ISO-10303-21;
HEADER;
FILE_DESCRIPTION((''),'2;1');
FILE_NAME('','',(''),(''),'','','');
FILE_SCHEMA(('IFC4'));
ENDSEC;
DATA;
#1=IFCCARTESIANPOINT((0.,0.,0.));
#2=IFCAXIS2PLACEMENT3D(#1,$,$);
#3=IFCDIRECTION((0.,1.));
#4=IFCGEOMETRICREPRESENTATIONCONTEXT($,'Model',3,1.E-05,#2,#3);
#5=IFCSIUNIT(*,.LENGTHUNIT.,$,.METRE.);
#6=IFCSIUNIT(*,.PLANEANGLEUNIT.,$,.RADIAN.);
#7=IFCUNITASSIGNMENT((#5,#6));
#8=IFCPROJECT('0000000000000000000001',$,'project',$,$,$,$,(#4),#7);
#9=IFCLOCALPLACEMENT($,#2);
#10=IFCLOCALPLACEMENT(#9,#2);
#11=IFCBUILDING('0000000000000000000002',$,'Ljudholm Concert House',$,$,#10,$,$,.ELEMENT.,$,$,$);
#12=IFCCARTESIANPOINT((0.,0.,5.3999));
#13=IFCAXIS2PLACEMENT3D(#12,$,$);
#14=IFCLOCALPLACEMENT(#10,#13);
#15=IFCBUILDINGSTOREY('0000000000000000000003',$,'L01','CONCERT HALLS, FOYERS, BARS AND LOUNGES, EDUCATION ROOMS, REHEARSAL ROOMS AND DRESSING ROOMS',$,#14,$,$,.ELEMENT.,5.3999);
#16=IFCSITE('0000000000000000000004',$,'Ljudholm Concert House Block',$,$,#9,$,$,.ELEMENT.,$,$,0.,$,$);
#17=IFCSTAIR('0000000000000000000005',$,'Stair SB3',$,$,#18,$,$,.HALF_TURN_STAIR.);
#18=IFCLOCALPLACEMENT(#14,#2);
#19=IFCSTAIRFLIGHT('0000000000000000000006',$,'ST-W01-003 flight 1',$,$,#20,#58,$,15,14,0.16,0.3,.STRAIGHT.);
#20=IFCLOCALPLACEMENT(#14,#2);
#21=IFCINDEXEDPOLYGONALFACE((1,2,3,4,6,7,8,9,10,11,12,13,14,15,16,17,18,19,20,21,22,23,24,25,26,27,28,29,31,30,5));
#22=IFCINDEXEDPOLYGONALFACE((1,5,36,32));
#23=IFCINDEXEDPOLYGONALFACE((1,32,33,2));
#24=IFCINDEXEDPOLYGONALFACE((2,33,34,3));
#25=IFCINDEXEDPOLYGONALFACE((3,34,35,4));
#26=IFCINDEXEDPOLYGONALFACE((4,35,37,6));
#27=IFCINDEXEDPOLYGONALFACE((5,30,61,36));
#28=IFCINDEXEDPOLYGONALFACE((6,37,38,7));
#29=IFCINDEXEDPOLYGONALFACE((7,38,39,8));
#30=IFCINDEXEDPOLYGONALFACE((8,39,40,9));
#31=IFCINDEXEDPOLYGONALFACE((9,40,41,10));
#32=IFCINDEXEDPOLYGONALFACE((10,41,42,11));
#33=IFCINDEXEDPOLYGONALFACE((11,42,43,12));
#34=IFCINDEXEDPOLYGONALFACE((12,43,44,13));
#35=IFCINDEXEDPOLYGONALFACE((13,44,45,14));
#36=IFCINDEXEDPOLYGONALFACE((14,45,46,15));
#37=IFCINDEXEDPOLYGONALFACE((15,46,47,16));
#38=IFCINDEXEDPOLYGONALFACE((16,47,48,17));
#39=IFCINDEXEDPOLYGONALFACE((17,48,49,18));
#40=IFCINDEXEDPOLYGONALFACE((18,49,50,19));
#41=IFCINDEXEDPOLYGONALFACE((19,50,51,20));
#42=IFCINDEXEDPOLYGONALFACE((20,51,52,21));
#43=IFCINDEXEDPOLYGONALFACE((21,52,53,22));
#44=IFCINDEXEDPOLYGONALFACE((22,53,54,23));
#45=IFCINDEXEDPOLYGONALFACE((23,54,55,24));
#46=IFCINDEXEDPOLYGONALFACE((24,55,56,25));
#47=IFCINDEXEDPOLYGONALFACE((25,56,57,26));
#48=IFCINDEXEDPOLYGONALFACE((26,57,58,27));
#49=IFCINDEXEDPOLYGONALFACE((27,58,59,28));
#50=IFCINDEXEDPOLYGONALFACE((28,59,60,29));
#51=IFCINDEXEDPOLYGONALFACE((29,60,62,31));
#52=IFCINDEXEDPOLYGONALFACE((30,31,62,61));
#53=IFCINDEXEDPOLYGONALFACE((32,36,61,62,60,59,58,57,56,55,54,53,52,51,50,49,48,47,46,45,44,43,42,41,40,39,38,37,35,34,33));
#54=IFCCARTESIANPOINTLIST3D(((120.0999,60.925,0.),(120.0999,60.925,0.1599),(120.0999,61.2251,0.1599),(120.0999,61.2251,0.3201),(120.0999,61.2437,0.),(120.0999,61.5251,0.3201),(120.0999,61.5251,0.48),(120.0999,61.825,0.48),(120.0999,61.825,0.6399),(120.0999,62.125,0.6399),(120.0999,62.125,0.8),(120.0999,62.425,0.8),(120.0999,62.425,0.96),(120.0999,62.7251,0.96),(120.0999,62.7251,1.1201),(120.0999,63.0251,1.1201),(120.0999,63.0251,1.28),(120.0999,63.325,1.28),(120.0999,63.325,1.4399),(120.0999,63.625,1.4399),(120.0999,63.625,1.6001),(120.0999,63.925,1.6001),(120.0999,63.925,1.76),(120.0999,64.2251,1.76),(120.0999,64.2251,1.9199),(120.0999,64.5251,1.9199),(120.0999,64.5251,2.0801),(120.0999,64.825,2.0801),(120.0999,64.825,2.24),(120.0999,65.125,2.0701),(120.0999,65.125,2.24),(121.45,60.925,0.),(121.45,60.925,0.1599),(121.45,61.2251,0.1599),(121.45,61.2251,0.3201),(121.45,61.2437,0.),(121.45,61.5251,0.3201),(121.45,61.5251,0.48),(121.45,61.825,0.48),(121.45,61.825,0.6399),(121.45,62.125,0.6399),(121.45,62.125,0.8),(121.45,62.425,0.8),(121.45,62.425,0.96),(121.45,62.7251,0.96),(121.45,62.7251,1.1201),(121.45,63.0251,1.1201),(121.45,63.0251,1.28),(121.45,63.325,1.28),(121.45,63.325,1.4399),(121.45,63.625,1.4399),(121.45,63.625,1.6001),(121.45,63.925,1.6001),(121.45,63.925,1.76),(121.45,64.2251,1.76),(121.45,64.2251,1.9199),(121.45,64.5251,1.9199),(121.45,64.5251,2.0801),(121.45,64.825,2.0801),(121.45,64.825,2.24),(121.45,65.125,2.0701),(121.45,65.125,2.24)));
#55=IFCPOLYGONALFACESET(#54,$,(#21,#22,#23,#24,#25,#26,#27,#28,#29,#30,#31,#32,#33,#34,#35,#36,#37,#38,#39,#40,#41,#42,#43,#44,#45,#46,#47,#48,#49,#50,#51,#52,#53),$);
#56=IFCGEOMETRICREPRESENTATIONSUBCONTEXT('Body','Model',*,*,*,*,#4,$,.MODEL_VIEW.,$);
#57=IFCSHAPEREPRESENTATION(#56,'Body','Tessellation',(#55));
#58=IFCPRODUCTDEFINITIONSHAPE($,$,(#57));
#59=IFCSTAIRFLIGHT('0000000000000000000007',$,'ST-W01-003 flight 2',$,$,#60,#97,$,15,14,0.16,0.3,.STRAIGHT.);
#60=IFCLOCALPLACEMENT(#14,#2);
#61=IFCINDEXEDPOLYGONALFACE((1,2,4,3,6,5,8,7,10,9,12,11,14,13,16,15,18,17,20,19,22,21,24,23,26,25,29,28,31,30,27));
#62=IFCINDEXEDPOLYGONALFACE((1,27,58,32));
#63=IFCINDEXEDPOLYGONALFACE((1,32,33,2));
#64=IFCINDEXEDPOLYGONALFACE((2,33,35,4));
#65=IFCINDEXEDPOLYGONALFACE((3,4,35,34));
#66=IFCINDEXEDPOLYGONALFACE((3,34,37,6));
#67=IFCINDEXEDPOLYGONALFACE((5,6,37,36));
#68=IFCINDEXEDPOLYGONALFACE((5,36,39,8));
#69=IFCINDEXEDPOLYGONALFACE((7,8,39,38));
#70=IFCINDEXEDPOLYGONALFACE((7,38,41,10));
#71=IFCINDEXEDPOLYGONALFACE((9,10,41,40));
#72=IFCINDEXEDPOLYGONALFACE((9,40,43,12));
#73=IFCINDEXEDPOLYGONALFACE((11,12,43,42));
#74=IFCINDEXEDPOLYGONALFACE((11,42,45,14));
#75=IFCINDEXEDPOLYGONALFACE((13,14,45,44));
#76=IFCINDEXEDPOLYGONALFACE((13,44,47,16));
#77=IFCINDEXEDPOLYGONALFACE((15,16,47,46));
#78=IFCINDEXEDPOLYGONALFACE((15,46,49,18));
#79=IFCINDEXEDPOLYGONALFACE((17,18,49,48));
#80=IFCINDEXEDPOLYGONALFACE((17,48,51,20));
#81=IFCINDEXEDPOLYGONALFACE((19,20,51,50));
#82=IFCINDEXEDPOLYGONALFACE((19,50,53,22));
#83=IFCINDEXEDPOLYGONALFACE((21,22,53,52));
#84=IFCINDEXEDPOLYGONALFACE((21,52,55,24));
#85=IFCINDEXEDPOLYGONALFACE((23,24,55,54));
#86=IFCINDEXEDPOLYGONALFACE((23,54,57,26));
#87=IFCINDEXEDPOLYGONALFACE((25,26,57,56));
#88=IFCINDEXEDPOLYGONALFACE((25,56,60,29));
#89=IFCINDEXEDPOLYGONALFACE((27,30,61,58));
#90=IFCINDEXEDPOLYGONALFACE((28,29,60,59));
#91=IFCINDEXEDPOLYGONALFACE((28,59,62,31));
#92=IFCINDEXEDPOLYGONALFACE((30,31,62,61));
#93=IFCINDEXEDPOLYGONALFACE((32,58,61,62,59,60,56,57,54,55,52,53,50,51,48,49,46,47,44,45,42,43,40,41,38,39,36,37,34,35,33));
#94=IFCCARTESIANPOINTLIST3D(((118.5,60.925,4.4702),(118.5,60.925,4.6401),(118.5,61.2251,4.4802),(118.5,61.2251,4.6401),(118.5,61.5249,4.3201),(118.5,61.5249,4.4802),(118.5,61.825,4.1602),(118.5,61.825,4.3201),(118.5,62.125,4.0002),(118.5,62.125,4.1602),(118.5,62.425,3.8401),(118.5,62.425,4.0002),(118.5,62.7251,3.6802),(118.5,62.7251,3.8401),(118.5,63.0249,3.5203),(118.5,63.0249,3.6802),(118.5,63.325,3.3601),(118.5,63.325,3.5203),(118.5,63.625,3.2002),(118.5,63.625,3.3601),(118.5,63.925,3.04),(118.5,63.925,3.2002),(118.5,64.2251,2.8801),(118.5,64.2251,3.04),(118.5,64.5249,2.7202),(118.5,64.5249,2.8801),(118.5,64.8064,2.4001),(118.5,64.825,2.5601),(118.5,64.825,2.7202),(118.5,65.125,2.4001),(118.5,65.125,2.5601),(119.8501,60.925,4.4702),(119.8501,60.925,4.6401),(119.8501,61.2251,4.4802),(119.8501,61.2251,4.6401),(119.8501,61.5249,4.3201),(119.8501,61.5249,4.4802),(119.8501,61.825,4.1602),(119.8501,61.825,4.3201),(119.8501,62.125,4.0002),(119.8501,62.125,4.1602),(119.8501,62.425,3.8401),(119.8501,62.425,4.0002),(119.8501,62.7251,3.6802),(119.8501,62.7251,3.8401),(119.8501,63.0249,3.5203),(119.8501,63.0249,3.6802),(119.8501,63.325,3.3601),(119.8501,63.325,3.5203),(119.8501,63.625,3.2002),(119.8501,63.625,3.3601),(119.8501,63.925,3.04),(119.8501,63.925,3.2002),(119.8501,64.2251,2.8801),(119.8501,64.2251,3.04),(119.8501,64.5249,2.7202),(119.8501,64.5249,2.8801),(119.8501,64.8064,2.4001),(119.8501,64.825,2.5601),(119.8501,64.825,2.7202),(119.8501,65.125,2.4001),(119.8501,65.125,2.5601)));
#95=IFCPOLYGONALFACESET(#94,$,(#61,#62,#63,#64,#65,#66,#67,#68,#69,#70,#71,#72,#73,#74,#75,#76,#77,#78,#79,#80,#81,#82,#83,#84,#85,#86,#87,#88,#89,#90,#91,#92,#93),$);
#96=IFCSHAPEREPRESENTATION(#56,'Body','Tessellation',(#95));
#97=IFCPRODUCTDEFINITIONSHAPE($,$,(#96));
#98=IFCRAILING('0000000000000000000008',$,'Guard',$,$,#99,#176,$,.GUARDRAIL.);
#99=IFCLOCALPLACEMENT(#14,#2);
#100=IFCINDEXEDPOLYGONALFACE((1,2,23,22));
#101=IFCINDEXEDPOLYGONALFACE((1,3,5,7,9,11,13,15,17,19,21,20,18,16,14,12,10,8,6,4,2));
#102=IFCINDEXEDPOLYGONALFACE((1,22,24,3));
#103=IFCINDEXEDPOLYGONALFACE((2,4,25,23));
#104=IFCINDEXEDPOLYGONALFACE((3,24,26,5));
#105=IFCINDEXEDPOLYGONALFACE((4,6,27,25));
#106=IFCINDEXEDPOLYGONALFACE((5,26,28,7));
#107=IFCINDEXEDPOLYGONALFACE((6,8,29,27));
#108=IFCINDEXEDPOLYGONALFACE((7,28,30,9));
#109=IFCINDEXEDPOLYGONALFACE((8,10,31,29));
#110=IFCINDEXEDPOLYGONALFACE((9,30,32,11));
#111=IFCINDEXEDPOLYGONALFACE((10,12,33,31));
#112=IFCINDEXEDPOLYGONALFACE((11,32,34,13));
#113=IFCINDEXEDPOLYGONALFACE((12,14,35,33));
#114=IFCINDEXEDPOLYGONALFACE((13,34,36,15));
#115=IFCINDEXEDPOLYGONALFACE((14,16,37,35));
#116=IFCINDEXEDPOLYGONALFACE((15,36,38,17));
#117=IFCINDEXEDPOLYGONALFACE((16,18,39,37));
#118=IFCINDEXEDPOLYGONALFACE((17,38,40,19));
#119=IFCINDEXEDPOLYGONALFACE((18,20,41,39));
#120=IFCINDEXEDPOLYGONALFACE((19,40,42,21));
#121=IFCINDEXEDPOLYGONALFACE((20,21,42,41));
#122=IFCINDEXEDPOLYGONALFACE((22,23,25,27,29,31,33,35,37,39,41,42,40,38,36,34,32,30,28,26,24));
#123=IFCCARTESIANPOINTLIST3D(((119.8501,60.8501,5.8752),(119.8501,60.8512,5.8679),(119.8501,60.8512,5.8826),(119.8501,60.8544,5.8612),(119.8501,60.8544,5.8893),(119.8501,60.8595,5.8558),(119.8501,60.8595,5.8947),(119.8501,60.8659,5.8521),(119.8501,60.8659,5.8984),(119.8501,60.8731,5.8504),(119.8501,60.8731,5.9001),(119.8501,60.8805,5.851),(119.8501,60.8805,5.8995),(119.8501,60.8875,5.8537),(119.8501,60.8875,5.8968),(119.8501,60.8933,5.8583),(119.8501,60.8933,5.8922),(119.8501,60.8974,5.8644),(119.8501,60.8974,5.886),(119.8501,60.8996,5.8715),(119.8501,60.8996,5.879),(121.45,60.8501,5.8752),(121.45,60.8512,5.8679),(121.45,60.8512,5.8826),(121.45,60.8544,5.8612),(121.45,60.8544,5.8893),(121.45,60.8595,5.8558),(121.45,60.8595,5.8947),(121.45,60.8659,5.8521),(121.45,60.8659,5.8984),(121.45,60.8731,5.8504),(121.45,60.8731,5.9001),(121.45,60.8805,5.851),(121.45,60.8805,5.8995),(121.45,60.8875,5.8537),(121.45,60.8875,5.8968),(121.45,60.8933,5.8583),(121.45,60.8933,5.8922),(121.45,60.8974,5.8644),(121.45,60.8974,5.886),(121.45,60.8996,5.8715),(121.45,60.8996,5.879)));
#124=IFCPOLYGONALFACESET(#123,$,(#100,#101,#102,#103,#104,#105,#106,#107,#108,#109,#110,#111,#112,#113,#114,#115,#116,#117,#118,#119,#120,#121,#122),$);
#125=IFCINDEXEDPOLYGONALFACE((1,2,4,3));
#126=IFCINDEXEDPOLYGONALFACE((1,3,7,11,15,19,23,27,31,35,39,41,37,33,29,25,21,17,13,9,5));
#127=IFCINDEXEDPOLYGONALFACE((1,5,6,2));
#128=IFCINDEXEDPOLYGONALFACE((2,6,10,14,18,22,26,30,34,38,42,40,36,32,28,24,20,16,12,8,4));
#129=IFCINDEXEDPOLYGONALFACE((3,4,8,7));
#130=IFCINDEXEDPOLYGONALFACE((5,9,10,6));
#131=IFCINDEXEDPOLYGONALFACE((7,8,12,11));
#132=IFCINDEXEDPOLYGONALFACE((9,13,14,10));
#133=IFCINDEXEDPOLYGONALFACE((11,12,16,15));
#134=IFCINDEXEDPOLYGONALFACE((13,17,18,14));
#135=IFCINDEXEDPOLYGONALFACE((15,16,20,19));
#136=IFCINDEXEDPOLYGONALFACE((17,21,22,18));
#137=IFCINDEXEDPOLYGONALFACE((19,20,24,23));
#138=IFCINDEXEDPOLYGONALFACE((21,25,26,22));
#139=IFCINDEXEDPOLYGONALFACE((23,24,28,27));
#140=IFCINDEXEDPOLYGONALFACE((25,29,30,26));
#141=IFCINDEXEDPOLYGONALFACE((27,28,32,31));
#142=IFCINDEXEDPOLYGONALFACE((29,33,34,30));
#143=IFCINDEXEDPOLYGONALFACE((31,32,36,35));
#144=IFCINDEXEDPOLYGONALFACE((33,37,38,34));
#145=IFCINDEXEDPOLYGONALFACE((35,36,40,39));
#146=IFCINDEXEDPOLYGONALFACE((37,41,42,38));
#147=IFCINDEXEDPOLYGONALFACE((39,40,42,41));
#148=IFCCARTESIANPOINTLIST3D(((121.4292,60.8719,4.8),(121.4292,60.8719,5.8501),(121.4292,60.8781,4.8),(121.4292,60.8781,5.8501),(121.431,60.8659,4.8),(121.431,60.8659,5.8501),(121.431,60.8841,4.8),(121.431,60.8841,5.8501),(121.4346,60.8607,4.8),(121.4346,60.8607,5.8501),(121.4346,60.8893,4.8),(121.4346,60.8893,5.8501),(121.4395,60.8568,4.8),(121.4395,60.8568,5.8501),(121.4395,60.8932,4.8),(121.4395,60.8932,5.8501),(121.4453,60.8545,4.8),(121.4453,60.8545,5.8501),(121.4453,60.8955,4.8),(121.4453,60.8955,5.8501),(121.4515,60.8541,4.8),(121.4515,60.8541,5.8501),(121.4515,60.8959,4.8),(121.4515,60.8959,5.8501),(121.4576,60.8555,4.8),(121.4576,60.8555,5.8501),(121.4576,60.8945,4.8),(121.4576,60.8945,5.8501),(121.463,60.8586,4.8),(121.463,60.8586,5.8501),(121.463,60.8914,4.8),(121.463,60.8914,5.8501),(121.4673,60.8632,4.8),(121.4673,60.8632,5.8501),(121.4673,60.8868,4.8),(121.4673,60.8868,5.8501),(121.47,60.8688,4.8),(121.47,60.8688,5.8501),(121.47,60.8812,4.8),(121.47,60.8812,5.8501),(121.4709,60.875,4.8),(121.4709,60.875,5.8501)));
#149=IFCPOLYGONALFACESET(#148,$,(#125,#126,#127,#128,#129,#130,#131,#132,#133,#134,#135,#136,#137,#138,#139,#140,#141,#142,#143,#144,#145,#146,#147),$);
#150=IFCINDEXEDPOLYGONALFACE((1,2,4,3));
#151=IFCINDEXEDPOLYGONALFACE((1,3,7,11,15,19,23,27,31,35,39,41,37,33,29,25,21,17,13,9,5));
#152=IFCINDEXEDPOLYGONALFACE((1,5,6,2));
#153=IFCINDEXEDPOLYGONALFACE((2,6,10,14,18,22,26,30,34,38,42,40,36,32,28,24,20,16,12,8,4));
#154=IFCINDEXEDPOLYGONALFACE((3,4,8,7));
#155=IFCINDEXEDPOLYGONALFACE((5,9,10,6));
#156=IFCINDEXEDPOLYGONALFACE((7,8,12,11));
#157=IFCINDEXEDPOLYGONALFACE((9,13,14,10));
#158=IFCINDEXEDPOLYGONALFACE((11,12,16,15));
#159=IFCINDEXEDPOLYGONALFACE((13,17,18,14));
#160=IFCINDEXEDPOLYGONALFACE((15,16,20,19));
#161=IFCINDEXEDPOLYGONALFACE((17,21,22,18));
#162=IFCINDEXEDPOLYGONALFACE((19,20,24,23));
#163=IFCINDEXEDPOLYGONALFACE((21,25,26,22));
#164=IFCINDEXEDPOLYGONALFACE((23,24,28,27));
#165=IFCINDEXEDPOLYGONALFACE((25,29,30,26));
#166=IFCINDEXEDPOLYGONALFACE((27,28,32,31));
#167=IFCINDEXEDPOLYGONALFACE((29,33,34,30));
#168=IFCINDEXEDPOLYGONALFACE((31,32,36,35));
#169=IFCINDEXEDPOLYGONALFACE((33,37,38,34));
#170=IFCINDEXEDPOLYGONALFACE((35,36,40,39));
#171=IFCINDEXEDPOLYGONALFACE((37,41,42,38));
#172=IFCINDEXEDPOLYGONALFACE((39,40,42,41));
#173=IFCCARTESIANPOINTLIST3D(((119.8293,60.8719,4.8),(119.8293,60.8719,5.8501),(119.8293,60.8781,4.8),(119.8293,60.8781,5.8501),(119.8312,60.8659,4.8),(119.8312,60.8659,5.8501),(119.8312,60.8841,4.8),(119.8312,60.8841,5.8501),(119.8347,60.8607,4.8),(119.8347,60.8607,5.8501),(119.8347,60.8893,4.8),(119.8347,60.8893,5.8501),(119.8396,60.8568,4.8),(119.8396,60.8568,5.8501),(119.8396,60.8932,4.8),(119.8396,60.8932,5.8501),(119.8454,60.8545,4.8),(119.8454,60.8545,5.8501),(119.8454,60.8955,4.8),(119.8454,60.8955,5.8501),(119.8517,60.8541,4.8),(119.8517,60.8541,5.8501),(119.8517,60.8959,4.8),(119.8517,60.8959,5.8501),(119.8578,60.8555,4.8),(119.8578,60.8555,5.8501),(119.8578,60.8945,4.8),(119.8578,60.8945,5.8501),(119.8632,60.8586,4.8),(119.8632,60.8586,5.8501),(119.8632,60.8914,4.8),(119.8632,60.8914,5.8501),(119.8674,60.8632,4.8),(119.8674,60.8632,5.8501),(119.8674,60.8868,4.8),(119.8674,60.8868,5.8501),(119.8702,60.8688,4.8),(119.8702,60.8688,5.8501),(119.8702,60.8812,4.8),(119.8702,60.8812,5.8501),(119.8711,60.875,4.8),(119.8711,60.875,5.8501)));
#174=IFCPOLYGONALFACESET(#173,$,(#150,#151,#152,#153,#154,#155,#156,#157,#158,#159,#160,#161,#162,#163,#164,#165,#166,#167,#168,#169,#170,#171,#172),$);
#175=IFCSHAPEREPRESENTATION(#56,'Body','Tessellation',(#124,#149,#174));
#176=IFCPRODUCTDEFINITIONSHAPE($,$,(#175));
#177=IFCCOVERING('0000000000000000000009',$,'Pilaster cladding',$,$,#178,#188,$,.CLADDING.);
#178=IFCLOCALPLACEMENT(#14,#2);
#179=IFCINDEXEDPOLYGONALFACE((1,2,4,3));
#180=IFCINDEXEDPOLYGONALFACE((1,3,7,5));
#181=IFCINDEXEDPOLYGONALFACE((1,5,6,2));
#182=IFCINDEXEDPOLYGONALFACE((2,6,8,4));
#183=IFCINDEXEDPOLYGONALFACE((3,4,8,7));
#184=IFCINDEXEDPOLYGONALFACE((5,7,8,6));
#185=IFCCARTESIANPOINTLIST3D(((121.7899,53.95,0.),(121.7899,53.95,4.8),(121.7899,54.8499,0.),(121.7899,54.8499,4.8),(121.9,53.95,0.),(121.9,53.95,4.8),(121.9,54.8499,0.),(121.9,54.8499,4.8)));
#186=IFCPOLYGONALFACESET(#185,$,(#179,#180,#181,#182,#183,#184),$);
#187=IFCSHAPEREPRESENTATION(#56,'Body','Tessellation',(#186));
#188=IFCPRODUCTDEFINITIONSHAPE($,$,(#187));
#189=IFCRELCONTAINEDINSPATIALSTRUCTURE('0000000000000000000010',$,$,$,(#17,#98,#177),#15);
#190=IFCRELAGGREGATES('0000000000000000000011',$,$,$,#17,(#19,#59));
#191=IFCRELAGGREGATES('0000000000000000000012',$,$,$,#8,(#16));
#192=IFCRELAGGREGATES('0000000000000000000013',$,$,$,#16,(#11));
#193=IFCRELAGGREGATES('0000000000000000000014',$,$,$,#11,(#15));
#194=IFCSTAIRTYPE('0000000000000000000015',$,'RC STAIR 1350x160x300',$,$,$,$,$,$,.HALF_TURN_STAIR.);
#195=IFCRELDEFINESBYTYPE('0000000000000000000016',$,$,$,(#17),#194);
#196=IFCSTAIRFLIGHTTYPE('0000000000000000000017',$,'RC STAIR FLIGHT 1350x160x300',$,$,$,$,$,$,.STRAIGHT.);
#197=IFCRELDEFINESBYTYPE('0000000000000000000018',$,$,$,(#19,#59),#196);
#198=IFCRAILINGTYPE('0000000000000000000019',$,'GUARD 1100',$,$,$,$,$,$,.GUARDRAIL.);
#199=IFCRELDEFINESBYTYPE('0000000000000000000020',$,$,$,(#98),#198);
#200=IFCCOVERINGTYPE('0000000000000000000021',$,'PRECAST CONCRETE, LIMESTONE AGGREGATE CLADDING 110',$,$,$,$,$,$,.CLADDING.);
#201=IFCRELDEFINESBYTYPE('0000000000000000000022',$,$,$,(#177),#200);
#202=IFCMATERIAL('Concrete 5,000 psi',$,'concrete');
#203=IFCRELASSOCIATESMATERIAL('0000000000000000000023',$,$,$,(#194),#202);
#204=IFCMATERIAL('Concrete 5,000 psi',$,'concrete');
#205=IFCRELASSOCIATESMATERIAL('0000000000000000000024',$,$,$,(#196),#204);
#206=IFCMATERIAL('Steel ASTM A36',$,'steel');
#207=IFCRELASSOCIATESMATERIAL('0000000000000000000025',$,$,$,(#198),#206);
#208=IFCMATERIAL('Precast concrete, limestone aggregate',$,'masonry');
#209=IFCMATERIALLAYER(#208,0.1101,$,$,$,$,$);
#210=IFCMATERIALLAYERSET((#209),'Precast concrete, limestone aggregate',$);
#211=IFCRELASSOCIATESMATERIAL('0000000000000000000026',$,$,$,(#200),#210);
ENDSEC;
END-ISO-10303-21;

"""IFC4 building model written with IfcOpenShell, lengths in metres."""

from ifc_helpers import new_model, si_unit, direction, frame, origin, origin_2d, place, context, subcontext, project, spatial, polyline, rectangle, circle, outline, extrude, material, layer, layer_set, type_object, element, aggregate, save


model = new_model("IFC4")

# Units and contexts
model_context = context("Model", 3, precision=1e-05, world=origin(), true_north=direction((0.0, 1.0)))
body_context = subcontext(model_context, "Body", "Model", "MODEL_VIEW")
ifc_project = project(units=[si_unit("LENGTHUNIT", "METRE"), si_unit("PLANEANGLEUNIT", "RADIAN")], contexts=[model_context])

# Site, building, storey
site_placement = place(None, origin())
site = spatial("IfcSite", under=ifc_project, at=site_placement, Name="Ljudholm Concert House Block", CompositionType="ELEMENT", RefElevation=0.0)
building_placement = place(site_placement, origin())
building = spatial("IfcBuilding", under=site, at=building_placement, Name="Ljudholm Concert House", CompositionType="ELEMENT")
storey_placement = place(building_placement, frame((0.0, 0.0, 5.3999)))
storey = spatial("IfcBuildingStorey", under=building, at=storey_placement, Name="L01", Description="CONCERT HALLS, FOYERS, BARS AND LOUNGES, EDUCATION ROOMS, REHEARSAL ROOMS AND DRESSING ROOMS", CompositionType="ELEMENT", Elevation=5.3999)

# Stair, stair flights
ifc_material_1 = material(Name="Concrete 5,000 psi", Category="concrete")
stair_type = type_object("IfcStairType", Name="RC STAIR 1350x160x300", PredefinedType="HALF_TURN_STAIR", material=ifc_material_1)
stair_placement = place(storey_placement, origin())
stair = element("IfcStair", 1, at=stair_placement, inside=storey, type_object=stair_type, Name="Stair SB3", PredefinedType="HALF_TURN_STAIR")
ifc_material_2 = material(Name="Concrete 5,000 psi", Category="concrete")
stair_flight_type = type_object("IfcStairFlightType", Name="RC STAIR FLIGHT 1350x160x300", PredefinedType="STRAIGHT", material=ifc_material_2)
stair_flight_1_placement = place(storey_placement, frame((120.7749, 60.925, 0.0), z_axis=(0.0, 0.0, 1.0), x_axis=(0.0, 1.0, 0.0)))
stair_flight_1 = element("IfcStairFlight", 2, at=stair_flight_1_placement, type_object=stair_flight_type, Name="ST-W01-003 flight 1", NumberOfRisers=15, NumberOfTreads=14, PredefinedType="STRAIGHT", RiserHeight=0.16, TreadLength=0.3, context=body_context, shape_type="SweptSolid", body=[
    extrude(outline(polyline([(0.0, 0.0), (0.0, 0.1599), (0.3, 0.1599), (0.3, 0.3201), (0.6001, 0.3201), (0.6001, 0.48), (0.8999, 0.48), (0.8999, 0.6399), (1.2, 0.6399), (1.2, 0.8), (1.5, 0.8), (1.5, 0.96), (1.8, 0.96), (1.8, 1.1201), (2.1001, 1.1201), (2.1001, 1.28), (2.3999, 1.28), (2.3999, 1.4399), (2.7, 1.4399), (2.7, 1.6001), (3.0, 1.6001), (3.0, 1.76), (3.3, 1.76), (3.3, 1.9199), (3.6001, 1.9199), (3.6001, 2.0801), (3.8999, 2.0801), (3.8999, 2.24), (4.2, 2.24), (4.2, 2.3999), (4.2, 2.0701), (0.3186, 0.0), (0.0, 0.0)])), frame((0.0, 0.675, 0.0), z_axis=(0.0, -1.0, 0.0), x_axis=(1.0, 0.0, 0.0)), (0.0, 0.0, 1.0), 1.3501),
])
stair_flight_2_placement = place(storey_placement, frame((119.175, 65.125, 2.4001), z_axis=(0.0, 0.0, 1.0), x_axis=(0.0, -1.0, 0.0)))
stair_flight_2 = element("IfcStairFlight", 3, at=stair_flight_2_placement, type_object=stair_flight_type, Name="ST-W01-003 flight 2", NumberOfRisers=15, NumberOfTreads=14, PredefinedType="STRAIGHT", RiserHeight=0.16, TreadLength=0.3, context=body_context, shape_type="SweptSolid", body=[
    extrude(outline(polyline([(0.0, 0.0), (0.0, 0.1599), (0.3, 0.1599), (0.3, 0.3201), (0.6001, 0.3201), (0.6001, 0.48), (0.8999, 0.48), (0.8999, 0.6399), (1.2, 0.6399), (1.2, 0.8), (1.5, 0.8), (1.5, 0.96), (1.8, 0.96), (1.8, 1.1201), (2.1001, 1.1201), (2.1001, 1.28), (2.3999, 1.28), (2.3999, 1.4399), (2.7, 1.4399), (2.7, 1.6001), (3.0, 1.6001), (3.0, 1.76), (3.3, 1.76), (3.3, 1.9199), (3.6001, 1.9199), (3.6001, 2.0801), (3.8999, 2.0801), (3.8999, 2.24), (4.2, 2.24), (4.2, 2.3999), (4.2, 2.0701), (0.3186, 0.0), (0.0, 0.0)])), frame((0.0, 0.675, 0.0), z_axis=(0.0, -1.0, 0.0), x_axis=(1.0, 0.0, 0.0)), (0.0, 0.0, 1.0), 1.3501),
])
aggregate(stair, [stair_flight_1, stair_flight_2])

# Railing
ifc_material_3 = material(Name="Steel ASTM A36", Category="steel")
railing_type_1 = type_object("IfcRailingType", Name="GUARD 1100", PredefinedType="GUARDRAIL", material=ifc_material_3)
railing_1_placement = place(storey_placement, frame((121.45, 60.875, 4.8)))
element("IfcRailing", 4, at=railing_1_placement, inside=storey, type_object=railing_type_1, Name="Guard", PredefinedType="GUARDRAIL", context=body_context, shape_type="SweptSolid", body=[
    extrude(circle(Radius=0.0249, at=origin_2d()), frame((0.0, 0.0, 1.0752), z_axis=(-1.0, 0.0, 0.0), x_axis=(0.0, -1.0, 0.0)), (0.0, 0.0, 1.0), 1.5999),
    extrude(circle(Radius=0.021, at=origin_2d()), origin(), (0.0, 0.0, 1.0), 1.05),
    extrude(circle(Radius=0.021, at=origin_2d()), frame((-1.5999, 0.0, 0.0)), (0.0, 0.0, 1.0), 1.05),
])

# Covering
ifc_material_4 = material(Name="Precast concrete, limestone aggregate", Category="masonry")
ifc_layer_1 = layer(ifc_material_4, 0.1101)
ifc_layer_set_1 = layer_set([ifc_layer_1], Name="Precast concrete, limestone aggregate")
covering_type = type_object("IfcCoveringType", Name="PRECAST CONCRETE, LIMESTONE AGGREGATE CLADDING 110", PredefinedType="CLADDING", material=ifc_layer_set_1)
for number, where, z_axis, x_axis, name in (
    (5, (121.845, 54.3999, 0.0), (0.0, 0.0, 1.0), (1.0, 0.0, 0.0), "Pilaster cladding"),
):
    element("IfcCovering", number, at=place(storey_placement, frame(where, z_axis=z_axis, x_axis=x_axis)), inside=storey, type_object=covering_type, Name=name, PredefinedType="CLADDING", context=body_context, shape_type="SweptSolid", body=[
        extrude(rectangle(XDim=0.1101, YDim=0.8999, at=origin_2d()), origin(), (0.0, 0.0, 1.0), 4.8),
    ])

save(model, "model.ifc")
